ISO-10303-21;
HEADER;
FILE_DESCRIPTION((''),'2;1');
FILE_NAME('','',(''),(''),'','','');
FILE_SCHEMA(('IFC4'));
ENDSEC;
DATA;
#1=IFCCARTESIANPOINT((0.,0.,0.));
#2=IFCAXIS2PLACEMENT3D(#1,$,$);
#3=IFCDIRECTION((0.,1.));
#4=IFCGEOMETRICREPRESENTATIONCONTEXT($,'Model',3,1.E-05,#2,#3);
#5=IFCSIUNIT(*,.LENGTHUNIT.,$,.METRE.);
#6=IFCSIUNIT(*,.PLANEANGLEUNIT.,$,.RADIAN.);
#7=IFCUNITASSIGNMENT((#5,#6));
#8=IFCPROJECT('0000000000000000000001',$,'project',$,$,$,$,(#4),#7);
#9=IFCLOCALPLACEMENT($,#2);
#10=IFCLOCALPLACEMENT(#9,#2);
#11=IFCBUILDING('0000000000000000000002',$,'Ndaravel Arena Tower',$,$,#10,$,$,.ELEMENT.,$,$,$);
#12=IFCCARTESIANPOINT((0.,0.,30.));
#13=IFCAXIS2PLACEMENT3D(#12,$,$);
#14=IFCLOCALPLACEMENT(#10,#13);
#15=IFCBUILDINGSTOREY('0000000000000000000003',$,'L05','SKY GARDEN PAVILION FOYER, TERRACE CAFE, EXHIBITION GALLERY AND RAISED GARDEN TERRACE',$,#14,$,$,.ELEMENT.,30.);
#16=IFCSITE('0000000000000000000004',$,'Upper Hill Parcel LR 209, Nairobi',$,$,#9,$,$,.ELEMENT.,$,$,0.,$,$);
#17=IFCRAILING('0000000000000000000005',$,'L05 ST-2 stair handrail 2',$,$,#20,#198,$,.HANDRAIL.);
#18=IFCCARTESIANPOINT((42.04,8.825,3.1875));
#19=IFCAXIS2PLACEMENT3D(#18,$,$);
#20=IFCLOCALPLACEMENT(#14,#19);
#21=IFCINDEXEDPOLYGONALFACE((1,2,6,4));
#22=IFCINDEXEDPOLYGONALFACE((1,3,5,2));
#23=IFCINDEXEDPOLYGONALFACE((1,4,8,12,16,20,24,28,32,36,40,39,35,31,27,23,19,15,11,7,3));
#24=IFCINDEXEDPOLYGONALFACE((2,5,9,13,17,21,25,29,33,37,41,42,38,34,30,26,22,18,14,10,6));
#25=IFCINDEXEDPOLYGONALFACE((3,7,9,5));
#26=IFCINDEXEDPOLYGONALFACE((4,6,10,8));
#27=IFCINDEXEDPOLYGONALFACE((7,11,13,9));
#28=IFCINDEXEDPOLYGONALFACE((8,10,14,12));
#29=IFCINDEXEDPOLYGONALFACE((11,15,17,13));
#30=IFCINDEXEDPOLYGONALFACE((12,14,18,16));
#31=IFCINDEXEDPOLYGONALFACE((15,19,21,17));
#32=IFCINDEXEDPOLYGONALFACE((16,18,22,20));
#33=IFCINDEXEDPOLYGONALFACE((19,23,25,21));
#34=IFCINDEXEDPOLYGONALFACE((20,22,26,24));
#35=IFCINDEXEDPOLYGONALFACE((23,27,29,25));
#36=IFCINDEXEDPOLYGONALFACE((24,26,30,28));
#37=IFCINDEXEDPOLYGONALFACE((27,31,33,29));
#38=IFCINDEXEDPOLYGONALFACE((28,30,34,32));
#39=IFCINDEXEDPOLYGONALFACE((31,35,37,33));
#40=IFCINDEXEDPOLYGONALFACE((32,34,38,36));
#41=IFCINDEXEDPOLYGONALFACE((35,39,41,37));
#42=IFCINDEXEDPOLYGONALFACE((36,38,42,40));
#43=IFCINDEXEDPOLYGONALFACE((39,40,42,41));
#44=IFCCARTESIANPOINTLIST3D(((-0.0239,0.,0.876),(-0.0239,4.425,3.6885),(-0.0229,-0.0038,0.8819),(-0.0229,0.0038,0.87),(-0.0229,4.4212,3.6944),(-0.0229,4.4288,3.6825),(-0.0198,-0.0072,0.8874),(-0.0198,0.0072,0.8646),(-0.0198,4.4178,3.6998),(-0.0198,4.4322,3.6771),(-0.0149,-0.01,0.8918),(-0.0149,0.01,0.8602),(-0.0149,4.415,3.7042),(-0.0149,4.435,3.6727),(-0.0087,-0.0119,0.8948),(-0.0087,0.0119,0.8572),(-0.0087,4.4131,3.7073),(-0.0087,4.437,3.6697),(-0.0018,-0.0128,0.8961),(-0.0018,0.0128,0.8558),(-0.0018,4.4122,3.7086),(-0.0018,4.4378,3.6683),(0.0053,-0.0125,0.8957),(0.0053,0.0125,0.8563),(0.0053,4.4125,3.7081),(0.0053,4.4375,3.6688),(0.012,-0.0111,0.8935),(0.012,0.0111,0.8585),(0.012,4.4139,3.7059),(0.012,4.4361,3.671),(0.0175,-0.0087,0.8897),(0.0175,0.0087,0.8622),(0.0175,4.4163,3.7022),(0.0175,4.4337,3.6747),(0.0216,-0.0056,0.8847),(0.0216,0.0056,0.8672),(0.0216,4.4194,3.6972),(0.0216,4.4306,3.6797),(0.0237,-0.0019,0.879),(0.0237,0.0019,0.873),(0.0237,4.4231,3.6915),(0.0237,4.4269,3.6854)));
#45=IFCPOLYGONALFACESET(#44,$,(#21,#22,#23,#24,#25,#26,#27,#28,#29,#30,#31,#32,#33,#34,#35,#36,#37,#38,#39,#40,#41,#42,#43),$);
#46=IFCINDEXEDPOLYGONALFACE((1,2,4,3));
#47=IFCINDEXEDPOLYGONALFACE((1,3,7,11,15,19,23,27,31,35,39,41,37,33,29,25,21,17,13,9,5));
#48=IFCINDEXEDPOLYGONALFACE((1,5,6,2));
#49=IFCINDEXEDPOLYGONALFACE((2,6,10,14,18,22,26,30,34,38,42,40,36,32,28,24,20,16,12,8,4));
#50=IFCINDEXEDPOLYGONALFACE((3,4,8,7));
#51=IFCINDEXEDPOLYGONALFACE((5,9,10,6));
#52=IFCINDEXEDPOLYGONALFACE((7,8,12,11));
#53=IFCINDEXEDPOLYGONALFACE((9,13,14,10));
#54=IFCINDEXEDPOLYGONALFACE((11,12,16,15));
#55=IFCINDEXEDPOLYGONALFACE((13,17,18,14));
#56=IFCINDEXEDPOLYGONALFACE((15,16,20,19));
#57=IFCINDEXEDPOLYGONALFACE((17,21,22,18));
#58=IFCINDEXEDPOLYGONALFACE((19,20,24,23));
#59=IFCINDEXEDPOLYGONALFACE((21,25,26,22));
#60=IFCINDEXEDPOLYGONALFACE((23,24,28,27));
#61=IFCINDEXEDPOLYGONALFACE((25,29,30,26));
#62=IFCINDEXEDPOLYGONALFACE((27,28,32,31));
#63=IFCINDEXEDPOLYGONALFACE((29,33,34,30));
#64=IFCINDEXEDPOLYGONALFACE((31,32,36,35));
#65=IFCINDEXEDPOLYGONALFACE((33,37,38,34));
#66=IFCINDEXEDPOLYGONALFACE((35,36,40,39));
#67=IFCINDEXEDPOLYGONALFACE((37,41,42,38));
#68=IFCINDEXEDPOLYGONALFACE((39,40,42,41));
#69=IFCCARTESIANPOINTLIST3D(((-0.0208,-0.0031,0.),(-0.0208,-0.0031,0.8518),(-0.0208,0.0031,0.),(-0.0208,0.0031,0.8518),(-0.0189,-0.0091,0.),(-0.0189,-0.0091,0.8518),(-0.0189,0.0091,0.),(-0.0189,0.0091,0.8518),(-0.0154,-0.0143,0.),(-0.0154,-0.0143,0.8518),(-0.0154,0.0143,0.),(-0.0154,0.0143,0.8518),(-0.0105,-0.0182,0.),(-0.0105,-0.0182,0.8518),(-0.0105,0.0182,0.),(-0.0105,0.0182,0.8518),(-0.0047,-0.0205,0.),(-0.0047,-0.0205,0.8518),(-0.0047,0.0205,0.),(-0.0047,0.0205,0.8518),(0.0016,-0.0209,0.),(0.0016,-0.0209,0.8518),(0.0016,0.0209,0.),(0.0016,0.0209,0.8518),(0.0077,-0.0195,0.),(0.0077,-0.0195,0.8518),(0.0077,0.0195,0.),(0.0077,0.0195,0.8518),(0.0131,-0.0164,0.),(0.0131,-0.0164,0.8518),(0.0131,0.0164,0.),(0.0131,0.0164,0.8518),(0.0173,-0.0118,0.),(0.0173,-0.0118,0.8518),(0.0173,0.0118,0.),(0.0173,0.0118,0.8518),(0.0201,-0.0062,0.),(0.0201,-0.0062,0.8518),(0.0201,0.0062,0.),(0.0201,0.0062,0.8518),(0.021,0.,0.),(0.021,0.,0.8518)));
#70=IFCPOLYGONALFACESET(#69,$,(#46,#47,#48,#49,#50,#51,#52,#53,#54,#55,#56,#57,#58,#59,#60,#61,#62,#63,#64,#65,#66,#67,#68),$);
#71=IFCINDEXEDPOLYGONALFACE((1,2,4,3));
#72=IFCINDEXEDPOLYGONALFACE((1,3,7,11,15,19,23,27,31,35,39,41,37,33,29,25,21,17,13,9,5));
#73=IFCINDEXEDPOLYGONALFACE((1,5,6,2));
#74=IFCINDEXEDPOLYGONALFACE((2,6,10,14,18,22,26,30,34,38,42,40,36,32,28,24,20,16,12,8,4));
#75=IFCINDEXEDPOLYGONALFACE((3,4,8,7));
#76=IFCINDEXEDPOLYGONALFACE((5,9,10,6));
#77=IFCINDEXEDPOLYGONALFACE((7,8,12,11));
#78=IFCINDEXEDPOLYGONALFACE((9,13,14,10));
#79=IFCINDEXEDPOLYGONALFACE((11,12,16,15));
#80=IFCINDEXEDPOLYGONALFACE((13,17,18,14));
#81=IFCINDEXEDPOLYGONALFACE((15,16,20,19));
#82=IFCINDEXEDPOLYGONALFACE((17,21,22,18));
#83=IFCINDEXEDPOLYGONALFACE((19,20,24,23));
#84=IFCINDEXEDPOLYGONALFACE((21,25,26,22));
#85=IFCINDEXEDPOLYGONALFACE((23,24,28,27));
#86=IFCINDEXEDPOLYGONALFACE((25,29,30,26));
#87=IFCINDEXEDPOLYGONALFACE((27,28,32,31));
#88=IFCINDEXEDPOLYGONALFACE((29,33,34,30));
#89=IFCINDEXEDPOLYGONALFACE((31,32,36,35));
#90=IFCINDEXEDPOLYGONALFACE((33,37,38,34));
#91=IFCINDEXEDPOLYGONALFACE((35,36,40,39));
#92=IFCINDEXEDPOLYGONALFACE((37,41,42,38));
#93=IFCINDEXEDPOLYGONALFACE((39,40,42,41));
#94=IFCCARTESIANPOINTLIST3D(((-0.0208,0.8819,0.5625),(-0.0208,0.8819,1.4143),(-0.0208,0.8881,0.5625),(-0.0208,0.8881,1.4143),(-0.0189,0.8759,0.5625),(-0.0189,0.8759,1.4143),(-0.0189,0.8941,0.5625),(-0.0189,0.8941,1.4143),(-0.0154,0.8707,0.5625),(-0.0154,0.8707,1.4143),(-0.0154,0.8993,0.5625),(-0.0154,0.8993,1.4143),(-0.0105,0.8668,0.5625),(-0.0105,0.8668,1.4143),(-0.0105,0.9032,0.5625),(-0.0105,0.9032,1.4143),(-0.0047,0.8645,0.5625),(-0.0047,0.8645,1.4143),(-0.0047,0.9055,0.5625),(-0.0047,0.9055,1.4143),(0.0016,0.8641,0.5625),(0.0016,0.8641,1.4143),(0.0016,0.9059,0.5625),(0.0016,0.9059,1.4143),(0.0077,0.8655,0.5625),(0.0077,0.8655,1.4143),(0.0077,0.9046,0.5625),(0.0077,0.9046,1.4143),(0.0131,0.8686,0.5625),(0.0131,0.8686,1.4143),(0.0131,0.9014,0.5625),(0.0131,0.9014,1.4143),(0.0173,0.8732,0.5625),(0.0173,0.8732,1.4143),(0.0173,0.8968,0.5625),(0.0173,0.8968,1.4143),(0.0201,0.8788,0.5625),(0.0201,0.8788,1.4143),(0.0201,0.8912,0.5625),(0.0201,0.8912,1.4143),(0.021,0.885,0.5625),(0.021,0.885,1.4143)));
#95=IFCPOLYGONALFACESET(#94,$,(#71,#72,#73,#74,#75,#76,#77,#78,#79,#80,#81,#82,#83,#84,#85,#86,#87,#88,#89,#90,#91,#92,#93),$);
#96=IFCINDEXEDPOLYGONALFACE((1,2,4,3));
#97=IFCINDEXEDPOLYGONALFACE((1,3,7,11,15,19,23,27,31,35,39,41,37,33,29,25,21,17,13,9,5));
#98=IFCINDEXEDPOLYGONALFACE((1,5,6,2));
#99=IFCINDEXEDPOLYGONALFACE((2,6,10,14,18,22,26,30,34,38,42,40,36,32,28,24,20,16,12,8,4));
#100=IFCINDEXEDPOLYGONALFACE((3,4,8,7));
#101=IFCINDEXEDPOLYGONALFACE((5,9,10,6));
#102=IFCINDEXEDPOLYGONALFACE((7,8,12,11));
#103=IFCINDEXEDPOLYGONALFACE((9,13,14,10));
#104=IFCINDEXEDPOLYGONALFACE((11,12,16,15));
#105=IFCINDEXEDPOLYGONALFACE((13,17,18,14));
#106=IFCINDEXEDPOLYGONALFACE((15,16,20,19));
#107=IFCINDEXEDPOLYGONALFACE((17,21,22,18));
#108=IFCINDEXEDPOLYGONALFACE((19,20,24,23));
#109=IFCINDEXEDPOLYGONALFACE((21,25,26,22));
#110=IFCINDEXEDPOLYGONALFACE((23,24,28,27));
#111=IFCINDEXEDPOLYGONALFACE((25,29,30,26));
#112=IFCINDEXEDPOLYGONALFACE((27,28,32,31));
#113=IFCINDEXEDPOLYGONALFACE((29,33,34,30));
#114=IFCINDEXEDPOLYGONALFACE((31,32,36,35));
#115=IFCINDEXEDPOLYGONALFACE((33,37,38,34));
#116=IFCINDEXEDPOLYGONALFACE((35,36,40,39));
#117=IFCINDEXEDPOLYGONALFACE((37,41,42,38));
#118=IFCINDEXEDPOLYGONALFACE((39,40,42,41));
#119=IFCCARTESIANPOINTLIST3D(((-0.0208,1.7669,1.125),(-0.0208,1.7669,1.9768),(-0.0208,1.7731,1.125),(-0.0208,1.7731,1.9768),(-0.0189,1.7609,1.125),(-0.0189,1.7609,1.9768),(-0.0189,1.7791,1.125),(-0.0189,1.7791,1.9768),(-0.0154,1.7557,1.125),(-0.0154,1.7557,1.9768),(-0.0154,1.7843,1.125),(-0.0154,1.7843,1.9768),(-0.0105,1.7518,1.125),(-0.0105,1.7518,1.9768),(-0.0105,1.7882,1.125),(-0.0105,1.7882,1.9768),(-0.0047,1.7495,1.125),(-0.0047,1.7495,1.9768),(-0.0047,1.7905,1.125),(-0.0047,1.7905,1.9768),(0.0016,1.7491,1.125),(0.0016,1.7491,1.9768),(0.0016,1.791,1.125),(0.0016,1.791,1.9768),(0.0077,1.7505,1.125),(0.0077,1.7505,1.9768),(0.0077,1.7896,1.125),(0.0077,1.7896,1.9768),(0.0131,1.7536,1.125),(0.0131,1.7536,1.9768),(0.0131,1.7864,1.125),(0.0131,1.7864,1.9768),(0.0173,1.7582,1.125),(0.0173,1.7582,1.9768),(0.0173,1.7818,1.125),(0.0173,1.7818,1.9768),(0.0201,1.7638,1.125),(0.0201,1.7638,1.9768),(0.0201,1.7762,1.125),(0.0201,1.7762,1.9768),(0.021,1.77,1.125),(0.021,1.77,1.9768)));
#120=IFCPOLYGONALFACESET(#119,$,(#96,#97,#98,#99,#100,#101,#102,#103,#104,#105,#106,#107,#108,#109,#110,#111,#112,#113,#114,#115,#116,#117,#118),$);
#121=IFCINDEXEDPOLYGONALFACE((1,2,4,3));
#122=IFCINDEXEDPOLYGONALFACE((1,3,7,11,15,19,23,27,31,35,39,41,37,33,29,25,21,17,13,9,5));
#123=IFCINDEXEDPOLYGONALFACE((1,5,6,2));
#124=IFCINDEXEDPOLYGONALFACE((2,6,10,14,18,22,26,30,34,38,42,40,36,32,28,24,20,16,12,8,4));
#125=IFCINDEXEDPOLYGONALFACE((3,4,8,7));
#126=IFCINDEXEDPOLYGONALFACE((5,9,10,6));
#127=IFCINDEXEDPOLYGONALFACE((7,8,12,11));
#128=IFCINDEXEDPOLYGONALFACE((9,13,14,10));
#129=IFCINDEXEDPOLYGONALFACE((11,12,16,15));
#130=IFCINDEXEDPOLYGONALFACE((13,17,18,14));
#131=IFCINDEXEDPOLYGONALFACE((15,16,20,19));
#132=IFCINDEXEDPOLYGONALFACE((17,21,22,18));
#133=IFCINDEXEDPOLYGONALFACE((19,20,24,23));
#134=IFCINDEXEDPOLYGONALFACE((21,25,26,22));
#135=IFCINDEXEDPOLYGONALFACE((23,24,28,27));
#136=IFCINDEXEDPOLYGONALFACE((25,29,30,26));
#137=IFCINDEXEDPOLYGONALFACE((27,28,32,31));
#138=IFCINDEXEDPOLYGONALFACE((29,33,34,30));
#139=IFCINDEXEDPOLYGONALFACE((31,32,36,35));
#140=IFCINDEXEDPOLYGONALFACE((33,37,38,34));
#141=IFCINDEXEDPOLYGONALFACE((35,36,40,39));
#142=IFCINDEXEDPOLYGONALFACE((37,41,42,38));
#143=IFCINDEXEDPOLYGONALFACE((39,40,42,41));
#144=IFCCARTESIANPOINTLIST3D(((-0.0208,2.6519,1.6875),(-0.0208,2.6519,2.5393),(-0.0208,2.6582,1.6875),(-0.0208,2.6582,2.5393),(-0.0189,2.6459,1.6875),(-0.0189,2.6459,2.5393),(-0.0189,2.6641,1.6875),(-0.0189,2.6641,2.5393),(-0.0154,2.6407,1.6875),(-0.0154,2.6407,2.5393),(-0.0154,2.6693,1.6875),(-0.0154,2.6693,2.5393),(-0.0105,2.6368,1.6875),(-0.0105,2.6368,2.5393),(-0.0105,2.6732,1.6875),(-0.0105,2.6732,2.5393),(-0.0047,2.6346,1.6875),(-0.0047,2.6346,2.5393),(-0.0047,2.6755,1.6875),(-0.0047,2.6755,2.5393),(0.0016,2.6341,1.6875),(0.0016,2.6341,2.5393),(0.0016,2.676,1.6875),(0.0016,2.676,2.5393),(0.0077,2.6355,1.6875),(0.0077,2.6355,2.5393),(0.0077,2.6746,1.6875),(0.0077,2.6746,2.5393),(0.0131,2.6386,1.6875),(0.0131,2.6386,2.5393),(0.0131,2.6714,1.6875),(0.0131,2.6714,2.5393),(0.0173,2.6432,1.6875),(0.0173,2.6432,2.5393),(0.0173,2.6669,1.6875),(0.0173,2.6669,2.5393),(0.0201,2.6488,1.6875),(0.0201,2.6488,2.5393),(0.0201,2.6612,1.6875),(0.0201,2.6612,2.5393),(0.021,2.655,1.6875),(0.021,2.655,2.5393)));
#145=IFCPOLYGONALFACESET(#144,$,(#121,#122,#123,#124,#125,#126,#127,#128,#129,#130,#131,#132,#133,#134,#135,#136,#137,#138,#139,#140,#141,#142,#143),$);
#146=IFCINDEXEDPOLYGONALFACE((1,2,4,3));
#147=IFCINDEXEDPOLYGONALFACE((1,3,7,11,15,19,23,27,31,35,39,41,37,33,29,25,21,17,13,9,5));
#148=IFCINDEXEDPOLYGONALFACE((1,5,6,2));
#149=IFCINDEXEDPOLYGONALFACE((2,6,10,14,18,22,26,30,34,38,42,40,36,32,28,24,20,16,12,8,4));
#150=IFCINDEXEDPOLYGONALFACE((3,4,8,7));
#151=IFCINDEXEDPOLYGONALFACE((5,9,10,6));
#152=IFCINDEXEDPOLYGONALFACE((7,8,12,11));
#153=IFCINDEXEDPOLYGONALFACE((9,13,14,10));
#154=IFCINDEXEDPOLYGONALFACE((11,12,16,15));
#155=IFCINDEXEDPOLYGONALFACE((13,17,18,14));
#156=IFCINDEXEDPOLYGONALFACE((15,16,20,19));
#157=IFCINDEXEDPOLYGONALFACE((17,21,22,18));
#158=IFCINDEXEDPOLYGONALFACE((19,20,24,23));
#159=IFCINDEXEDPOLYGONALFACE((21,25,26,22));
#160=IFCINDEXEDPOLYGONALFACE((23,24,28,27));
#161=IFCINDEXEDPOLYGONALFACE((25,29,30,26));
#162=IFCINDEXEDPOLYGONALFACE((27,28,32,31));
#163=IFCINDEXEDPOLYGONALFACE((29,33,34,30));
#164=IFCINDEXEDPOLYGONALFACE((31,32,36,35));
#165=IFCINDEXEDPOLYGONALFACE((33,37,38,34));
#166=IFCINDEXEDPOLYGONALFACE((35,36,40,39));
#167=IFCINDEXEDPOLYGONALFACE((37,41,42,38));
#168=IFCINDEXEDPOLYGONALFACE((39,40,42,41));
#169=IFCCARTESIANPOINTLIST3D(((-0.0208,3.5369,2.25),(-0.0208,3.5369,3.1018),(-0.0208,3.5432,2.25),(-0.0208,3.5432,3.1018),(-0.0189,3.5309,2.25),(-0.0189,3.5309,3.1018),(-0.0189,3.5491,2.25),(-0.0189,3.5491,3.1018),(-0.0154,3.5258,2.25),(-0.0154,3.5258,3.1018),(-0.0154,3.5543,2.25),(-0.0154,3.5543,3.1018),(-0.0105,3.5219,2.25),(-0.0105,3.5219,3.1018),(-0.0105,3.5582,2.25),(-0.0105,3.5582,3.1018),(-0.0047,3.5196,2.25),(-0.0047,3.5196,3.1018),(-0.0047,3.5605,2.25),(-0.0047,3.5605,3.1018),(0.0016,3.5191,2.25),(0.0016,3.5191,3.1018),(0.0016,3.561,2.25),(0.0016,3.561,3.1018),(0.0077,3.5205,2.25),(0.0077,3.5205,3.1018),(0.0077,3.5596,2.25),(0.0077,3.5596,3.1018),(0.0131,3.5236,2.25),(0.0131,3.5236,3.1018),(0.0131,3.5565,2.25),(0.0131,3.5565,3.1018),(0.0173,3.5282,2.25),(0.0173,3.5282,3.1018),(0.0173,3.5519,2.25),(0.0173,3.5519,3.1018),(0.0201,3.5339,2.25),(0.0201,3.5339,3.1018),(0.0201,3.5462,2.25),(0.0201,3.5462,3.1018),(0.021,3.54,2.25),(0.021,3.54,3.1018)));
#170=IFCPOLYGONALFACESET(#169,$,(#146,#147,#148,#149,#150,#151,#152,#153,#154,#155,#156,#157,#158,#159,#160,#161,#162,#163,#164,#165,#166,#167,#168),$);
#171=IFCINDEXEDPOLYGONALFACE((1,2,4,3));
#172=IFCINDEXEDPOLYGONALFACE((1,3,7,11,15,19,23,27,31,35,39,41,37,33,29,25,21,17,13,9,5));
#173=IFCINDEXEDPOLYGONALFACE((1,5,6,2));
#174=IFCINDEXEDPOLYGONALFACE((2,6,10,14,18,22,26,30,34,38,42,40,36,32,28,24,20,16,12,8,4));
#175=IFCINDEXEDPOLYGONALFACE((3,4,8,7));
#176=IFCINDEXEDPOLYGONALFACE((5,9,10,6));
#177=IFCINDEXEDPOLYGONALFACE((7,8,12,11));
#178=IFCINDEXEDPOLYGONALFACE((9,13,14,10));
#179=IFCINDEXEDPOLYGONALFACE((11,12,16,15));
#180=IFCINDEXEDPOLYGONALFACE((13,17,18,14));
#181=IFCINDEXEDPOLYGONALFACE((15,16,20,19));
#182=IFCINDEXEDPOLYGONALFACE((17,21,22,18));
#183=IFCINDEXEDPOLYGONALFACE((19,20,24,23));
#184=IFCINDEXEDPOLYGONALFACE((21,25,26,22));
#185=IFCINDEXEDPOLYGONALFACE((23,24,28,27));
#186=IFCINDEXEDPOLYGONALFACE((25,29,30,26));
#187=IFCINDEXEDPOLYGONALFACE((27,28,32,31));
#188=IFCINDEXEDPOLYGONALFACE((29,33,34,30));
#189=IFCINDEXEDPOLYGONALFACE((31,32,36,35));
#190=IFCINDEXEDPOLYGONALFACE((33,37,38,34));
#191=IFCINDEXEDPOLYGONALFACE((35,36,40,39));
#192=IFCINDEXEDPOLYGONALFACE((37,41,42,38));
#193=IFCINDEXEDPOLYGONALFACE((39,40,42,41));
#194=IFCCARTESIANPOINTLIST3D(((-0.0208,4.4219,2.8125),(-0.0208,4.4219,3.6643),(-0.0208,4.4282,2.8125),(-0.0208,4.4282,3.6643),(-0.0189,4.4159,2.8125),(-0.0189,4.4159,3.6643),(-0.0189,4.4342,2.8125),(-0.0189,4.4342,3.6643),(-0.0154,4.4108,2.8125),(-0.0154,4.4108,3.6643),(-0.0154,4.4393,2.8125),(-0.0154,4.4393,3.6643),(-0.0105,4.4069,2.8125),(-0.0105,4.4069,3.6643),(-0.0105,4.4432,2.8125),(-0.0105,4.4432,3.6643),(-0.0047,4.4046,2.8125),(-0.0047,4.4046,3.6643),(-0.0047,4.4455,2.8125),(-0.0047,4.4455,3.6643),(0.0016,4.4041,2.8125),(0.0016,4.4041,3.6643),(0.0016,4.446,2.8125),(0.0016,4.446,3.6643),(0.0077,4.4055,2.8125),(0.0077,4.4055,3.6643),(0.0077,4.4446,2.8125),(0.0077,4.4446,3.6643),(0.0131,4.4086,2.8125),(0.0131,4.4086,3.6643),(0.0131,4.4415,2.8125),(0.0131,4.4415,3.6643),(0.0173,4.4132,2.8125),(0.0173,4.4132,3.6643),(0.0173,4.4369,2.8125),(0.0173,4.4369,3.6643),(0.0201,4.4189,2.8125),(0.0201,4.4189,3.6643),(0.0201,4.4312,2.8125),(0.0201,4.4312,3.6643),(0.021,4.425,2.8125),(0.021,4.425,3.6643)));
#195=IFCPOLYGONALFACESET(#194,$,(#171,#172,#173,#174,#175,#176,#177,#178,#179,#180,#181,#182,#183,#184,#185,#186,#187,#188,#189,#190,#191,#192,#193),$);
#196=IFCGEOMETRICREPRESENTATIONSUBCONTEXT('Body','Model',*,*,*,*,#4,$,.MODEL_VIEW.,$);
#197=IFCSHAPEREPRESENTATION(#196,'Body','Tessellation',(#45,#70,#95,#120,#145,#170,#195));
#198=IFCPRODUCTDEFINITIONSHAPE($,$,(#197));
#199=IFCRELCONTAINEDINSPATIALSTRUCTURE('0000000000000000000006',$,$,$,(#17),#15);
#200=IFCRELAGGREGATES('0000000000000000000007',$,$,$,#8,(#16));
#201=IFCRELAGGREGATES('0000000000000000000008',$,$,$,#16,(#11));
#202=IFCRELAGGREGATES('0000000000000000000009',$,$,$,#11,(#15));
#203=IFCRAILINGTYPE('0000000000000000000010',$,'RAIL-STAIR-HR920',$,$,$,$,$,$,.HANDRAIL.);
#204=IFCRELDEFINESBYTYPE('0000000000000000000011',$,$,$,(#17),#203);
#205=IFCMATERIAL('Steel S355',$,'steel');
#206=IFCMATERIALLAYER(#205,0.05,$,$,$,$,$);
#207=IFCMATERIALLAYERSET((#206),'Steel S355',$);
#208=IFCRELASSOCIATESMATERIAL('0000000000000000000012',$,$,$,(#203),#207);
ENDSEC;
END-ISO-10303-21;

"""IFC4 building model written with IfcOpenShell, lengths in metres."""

from ifc_helpers import new_model, si_unit, direction, frame, origin, origin_2d, place, context, subcontext, project, spatial, circle, extrude, material, layer, layer_set, type_object, element, save


model = new_model("IFC4")

# Units and contexts
model_context = context("Model", 3, precision=1e-05, world=origin(), true_north=direction((0.0, 1.0)))
body_context = subcontext(model_context, "Body", "Model", "MODEL_VIEW")
ifc_project = project(units=[si_unit("LENGTHUNIT", "METRE"), si_unit("PLANEANGLEUNIT", "RADIAN")], contexts=[model_context])

# Site, building, storey
site_placement = place(None, origin())
site = spatial("IfcSite", under=ifc_project, at=site_placement, Name="Upper Hill Parcel LR 209, Nairobi", CompositionType="ELEMENT", RefElevation=0.0)
building_placement = place(site_placement, origin())
building = spatial("IfcBuilding", under=site, at=building_placement, Name="Ndaravel Arena Tower", CompositionType="ELEMENT")
storey_placement = place(building_placement, frame((0.0, 0.0, 30.0)))
storey = spatial("IfcBuildingStorey", under=building, at=storey_placement, Name="L05", Description="SKY GARDEN PAVILION FOYER, TERRACE CAFE, EXHIBITION GALLERY AND RAISED GARDEN TERRACE", CompositionType="ELEMENT", Elevation=30.0)

# Railing
ifc_material_1 = material(Name="Steel S355", Category="steel")
ifc_layer_1 = layer(ifc_material_1, 0.05)
ifc_layer_set_1 = layer_set([ifc_layer_1], Name="Steel S355")
railing_type_1 = type_object("IfcRailingType", Name="RAIL-STAIR-HR920", PredefinedType="HANDRAIL", material=ifc_layer_set_1)
railing_1_placement = place(storey_placement, frame((42.04, 8.825, 3.1875)))
element("IfcRailing", 1, at=railing_1_placement, inside=storey, type_object=railing_type_1, Name="L05 ST-2 stair handrail 2", PredefinedType="HANDRAIL", context=body_context, shape_type="SweptSolid", body=[
    extrude(circle(Radius=0.0239, at=origin_2d()), frame((0.0, 0.0, 0.876), z_axis=(0.0, 0.843959, 0.536408), x_axis=(-1.0, 0.0, 0.0)), (0.0, 0.0, 1.0), 5.2432),
    extrude(circle(Radius=0.021, at=origin_2d()), origin(), (0.0, 0.0, 1.0), 0.8518),
    extrude(circle(Radius=0.021, at=origin_2d()), frame((0.0, 0.885, 0.5625)), (0.0, 0.0, 1.0), 0.8518),
    extrude(circle(Radius=0.021, at=origin_2d()), frame((0.0, 1.77, 1.125)), (0.0, 0.0, 1.0), 0.8518),
    extrude(circle(Radius=0.021, at=origin_2d()), frame((0.0, 2.655, 1.6875)), (0.0, 0.0, 1.0), 0.8518),
    extrude(circle(Radius=0.021, at=origin_2d()), frame((0.0, 3.54, 2.25)), (0.0, 0.0, 1.0), 0.8518),
    extrude(circle(Radius=0.021, at=origin_2d()), frame((0.0, 4.425, 2.8125)), (0.0, 0.0, 1.0), 0.8518),
])

save(model, "model.ifc")
